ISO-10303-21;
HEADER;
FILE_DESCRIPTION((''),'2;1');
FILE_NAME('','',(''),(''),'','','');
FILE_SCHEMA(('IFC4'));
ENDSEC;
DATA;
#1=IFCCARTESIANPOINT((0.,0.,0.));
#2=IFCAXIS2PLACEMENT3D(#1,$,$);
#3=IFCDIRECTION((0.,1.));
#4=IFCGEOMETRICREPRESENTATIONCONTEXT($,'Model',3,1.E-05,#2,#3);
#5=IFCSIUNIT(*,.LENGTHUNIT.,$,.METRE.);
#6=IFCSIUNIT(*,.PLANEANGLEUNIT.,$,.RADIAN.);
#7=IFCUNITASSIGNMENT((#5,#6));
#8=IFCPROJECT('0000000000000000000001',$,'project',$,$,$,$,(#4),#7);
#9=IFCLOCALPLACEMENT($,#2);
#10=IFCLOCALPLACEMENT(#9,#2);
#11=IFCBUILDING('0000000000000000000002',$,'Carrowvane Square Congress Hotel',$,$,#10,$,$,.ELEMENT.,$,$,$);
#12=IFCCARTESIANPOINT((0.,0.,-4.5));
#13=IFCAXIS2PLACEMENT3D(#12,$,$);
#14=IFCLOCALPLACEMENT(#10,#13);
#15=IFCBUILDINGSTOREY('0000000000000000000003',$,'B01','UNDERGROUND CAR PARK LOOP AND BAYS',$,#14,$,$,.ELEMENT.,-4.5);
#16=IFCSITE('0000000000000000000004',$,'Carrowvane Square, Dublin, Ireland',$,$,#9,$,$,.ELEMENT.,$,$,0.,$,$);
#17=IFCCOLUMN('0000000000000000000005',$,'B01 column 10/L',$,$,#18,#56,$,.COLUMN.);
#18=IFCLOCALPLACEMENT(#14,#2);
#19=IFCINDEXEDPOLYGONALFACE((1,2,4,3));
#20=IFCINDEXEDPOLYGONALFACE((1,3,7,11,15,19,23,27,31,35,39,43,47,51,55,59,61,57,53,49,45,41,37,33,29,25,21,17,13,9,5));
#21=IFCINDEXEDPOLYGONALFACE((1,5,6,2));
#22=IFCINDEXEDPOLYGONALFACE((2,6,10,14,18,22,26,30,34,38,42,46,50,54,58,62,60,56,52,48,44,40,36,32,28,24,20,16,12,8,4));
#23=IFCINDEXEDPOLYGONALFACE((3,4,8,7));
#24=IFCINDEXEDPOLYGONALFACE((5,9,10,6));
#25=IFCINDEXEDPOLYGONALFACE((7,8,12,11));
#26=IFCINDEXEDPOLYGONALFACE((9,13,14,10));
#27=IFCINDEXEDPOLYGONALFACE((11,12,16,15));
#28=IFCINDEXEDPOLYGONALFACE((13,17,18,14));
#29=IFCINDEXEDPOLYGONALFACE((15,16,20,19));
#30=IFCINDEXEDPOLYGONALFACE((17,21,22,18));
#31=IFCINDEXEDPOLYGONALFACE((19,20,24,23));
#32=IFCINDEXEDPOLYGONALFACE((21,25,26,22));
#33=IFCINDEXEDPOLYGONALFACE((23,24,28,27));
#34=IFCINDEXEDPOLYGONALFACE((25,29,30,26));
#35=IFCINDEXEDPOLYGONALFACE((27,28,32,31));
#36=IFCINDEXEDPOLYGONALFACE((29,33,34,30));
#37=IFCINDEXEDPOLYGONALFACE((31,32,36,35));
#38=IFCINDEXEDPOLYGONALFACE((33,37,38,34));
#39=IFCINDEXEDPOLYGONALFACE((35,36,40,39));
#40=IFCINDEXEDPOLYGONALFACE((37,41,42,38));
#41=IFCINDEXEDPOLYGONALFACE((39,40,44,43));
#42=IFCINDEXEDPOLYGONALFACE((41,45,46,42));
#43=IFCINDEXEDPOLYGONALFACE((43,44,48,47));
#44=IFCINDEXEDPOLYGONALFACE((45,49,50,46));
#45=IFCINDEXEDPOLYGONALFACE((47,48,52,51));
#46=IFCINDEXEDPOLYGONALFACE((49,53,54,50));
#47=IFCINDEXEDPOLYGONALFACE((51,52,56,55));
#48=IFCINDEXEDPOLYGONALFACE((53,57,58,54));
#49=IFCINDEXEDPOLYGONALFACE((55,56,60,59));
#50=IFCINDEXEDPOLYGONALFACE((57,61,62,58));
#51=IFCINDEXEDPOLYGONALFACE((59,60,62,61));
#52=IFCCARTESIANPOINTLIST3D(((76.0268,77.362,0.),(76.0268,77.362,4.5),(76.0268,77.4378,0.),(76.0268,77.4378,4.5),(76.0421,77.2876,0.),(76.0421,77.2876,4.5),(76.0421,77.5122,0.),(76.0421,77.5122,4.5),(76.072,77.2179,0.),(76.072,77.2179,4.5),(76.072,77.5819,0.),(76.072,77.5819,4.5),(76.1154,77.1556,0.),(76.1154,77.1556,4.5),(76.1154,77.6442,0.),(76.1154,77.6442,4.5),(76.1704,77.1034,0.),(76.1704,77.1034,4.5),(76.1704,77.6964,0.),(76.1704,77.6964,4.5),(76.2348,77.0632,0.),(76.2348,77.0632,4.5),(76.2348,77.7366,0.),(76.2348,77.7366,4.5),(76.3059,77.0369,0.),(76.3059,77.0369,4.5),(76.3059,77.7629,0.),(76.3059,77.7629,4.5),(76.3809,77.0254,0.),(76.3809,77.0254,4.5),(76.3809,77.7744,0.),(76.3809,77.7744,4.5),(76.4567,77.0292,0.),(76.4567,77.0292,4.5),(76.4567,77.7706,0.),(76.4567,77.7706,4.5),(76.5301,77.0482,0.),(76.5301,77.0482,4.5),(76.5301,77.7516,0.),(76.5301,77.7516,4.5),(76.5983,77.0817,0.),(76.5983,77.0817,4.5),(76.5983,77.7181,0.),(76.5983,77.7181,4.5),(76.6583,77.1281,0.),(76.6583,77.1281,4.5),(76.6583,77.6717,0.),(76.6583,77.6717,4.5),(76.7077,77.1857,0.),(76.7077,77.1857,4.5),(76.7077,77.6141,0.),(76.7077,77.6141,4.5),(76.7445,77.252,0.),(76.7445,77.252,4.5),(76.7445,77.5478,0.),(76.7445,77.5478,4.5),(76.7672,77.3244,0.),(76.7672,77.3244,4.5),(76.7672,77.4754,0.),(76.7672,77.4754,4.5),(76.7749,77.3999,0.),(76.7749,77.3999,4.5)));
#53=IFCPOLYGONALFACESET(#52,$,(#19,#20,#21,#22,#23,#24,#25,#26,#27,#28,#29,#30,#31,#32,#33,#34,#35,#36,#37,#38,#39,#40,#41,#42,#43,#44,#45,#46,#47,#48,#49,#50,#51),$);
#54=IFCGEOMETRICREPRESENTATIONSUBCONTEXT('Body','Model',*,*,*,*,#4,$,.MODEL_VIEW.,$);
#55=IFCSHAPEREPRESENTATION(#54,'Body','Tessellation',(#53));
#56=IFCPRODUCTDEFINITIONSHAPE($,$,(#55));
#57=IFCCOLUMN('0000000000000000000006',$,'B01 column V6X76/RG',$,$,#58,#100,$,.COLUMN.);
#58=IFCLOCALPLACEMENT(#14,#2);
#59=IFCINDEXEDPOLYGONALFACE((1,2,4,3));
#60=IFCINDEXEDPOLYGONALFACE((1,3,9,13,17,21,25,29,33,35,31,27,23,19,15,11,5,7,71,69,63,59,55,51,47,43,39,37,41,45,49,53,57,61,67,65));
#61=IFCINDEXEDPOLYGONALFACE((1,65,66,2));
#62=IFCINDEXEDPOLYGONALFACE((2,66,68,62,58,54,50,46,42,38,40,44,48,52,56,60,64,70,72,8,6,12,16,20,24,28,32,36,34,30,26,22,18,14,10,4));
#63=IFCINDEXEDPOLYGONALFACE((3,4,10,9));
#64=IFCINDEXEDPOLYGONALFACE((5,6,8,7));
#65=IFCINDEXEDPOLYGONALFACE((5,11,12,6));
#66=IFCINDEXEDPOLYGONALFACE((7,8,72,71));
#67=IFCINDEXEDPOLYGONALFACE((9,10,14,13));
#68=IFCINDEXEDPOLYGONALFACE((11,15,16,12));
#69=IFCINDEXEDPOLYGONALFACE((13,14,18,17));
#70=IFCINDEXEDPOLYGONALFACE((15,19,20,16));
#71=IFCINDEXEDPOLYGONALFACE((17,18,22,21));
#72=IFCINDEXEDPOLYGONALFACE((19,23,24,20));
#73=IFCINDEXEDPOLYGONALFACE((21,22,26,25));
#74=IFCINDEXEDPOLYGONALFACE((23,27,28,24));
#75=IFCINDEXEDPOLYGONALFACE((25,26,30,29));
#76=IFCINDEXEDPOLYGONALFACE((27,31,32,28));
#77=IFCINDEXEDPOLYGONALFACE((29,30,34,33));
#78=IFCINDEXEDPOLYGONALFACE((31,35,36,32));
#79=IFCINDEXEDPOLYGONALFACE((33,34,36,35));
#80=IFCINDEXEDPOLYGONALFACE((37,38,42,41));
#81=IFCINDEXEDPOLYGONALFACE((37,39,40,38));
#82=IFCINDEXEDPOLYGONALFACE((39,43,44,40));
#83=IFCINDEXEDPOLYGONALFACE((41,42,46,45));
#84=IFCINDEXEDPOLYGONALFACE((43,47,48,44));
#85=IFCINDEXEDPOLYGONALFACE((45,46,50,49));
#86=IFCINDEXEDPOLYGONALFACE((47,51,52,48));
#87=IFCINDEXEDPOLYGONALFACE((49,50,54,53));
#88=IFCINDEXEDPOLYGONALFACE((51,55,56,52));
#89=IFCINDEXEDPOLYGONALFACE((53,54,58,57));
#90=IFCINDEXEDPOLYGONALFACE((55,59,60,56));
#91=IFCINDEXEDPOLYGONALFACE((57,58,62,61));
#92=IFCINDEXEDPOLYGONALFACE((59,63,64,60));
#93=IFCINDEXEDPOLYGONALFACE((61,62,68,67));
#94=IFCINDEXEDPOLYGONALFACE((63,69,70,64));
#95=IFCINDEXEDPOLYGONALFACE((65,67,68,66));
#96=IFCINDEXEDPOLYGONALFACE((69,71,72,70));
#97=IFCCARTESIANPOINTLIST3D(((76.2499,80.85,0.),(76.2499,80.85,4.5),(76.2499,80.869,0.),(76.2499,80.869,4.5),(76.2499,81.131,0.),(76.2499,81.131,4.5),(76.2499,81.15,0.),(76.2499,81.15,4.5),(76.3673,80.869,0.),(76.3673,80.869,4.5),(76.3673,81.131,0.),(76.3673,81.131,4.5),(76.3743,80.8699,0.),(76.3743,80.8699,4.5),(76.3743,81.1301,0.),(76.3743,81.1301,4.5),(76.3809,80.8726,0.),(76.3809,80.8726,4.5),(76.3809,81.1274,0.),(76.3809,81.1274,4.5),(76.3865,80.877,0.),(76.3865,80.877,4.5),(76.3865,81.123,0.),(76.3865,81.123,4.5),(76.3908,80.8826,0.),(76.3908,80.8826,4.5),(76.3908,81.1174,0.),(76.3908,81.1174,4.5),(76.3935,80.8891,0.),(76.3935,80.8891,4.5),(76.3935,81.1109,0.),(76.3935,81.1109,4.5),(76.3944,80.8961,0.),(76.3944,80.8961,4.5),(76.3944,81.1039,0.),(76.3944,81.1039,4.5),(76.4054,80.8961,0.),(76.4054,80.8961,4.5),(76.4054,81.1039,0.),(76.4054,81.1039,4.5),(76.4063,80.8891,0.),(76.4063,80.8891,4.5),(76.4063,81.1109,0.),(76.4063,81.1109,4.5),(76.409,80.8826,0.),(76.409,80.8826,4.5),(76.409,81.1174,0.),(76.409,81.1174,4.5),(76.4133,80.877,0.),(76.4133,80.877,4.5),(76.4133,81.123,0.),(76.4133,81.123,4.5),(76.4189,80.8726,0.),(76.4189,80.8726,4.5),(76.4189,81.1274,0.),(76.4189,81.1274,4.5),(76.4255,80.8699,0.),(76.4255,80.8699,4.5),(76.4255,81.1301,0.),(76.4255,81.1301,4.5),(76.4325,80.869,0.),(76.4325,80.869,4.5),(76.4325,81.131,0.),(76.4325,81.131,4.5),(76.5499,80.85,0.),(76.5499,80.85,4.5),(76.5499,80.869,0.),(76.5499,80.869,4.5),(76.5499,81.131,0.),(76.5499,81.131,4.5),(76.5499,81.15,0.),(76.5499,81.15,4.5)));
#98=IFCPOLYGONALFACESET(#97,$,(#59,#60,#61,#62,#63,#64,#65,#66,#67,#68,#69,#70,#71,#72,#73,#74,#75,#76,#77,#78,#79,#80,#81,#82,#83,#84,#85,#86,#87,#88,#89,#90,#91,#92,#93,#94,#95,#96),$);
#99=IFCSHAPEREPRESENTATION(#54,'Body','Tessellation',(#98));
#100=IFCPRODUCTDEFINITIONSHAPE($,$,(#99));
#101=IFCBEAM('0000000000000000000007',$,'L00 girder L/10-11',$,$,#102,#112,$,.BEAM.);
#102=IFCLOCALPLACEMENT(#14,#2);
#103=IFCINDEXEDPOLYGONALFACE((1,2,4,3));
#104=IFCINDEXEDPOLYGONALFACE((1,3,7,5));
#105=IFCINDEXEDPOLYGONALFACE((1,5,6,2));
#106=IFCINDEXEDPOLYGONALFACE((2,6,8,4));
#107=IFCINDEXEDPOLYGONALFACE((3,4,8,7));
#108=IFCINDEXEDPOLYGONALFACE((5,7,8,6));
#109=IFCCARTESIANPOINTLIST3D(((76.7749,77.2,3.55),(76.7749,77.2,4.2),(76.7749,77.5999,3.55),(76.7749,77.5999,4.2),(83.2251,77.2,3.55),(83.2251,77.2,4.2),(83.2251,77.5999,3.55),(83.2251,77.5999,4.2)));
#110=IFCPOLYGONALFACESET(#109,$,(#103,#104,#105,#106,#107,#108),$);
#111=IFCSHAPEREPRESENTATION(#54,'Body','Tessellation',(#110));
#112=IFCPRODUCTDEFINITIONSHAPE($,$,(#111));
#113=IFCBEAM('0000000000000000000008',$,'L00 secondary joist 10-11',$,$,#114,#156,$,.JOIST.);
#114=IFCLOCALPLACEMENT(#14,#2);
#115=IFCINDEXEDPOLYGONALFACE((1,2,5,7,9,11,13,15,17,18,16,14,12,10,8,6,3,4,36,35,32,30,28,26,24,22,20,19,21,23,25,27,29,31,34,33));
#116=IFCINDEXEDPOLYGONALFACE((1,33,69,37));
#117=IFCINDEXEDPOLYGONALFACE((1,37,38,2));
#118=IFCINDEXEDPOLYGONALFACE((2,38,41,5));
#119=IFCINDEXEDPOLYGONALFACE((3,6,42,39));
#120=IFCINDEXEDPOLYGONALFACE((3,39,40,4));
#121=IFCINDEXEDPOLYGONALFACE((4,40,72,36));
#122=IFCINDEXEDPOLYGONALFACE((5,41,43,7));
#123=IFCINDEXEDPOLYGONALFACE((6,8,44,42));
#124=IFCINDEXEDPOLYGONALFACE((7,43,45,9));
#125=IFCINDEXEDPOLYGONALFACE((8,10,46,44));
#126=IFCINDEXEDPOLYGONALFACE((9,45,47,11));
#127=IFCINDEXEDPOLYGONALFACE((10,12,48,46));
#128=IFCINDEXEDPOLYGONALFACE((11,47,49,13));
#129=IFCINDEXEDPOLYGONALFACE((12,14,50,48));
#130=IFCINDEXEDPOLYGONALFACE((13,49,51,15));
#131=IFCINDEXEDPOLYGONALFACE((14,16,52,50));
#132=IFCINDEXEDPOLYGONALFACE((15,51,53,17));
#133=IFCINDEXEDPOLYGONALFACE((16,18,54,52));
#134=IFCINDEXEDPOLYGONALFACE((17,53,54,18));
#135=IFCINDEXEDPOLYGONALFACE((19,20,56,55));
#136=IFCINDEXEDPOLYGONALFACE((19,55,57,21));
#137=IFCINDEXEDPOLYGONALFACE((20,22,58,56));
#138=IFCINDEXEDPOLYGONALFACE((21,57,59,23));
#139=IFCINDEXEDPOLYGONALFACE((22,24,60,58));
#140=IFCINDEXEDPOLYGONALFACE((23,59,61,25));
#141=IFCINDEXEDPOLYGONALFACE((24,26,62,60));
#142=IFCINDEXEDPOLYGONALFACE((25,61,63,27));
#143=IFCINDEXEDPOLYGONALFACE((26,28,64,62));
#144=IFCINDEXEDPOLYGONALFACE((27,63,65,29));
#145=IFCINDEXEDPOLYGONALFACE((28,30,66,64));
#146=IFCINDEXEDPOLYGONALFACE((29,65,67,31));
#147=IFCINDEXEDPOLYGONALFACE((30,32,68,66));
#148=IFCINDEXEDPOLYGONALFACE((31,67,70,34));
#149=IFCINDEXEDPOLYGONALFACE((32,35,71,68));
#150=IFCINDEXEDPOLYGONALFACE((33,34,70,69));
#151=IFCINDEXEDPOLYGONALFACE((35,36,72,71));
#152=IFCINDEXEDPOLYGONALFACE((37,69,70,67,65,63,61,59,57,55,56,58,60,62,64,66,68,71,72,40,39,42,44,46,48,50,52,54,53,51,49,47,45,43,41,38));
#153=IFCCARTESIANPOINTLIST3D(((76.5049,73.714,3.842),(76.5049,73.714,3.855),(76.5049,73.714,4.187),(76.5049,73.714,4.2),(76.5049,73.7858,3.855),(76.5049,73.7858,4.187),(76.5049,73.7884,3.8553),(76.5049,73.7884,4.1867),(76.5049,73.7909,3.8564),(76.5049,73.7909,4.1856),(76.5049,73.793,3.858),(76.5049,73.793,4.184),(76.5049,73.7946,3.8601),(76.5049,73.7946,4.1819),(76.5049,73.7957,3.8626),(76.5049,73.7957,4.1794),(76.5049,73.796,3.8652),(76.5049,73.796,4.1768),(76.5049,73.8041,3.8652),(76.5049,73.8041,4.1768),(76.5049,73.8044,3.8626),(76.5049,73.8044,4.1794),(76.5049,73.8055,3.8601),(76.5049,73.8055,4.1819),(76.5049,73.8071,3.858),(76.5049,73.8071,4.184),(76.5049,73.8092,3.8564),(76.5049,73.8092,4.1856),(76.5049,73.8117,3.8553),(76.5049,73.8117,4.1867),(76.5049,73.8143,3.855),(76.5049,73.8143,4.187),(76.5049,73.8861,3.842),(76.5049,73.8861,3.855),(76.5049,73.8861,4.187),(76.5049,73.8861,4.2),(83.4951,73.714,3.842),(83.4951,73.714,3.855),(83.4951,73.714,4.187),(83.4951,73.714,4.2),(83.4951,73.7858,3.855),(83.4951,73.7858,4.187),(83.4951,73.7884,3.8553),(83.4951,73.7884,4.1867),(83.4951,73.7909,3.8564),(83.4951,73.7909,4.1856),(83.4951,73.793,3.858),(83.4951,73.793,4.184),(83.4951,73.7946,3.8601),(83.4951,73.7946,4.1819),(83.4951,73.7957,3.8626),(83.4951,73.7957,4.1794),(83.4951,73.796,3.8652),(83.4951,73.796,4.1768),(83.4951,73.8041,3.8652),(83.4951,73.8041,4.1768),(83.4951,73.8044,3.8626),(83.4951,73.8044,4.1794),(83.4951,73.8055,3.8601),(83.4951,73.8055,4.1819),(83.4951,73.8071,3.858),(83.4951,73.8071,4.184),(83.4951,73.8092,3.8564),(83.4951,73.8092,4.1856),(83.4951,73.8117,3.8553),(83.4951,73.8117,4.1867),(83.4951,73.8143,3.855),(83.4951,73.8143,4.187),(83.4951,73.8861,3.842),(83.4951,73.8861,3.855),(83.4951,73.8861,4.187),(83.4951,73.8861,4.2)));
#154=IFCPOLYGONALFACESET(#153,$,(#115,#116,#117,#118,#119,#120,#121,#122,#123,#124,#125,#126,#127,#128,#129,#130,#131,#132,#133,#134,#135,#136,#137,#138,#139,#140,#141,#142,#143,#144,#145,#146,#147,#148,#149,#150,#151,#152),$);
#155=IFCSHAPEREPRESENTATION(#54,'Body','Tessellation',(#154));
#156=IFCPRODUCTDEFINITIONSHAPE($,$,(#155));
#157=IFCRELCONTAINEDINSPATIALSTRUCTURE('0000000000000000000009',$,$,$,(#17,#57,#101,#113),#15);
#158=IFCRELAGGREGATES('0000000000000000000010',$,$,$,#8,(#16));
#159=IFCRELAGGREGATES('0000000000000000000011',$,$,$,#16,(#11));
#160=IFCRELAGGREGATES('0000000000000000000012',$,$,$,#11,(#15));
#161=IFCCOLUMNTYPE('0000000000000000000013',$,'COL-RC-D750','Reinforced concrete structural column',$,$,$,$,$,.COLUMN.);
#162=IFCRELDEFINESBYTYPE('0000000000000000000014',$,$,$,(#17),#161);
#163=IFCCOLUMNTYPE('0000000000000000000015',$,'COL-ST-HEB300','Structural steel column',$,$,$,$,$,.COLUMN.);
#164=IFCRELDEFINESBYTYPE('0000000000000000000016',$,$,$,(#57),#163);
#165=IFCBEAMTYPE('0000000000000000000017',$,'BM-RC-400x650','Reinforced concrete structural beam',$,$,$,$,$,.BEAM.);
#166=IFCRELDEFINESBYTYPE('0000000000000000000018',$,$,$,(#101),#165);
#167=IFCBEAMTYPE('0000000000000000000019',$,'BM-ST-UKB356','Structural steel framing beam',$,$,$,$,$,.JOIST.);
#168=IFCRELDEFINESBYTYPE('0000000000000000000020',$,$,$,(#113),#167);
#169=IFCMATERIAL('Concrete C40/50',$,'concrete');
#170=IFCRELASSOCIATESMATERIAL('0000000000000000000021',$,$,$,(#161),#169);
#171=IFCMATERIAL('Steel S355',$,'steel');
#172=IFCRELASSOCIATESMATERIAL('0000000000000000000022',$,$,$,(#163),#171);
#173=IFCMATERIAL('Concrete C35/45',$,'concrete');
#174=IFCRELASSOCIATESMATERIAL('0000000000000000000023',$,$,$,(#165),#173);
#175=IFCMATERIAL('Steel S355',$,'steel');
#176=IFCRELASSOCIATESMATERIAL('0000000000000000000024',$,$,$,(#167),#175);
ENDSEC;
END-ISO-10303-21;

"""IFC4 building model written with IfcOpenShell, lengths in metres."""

from ifc_helpers import new_model, si_unit, direction, frame, origin, origin_2d, place, context, subcontext, project, spatial, rectangle, circle, i_section, extrude, material, material_profile, profile_set, type_object, element, save


model = new_model("IFC4")

# Units and contexts
model_context = context("Model", 3, precision=1e-05, world=origin(), true_north=direction((0.0, 1.0)))
body_context = subcontext(model_context, "Body", "Model", "MODEL_VIEW")
ifc_project = project(units=[si_unit("LENGTHUNIT", "METRE"), si_unit("PLANEANGLEUNIT", "RADIAN")], contexts=[model_context])

# Site, building, storey
site_placement = place(None, origin())
site = spatial("IfcSite", under=ifc_project, at=site_placement, Name="Carrowvane Square, Dublin, Ireland", CompositionType="ELEMENT", RefElevation=0.0)
building_placement = place(site_placement, origin())
building = spatial("IfcBuilding", under=site, at=building_placement, Name="Carrowvane Square Congress Hotel", CompositionType="ELEMENT")
storey_placement = place(building_placement, frame((0.0, 0.0, -4.5)))
storey = spatial("IfcBuildingStorey", under=building, at=storey_placement, Name="B01", Description="UNDERGROUND CAR PARK LOOP AND BAYS", CompositionType="ELEMENT", Elevation=-4.5)

# Columns
ifc_material_1 = material(Name="Concrete C40/50", Category="concrete")
ifc_material_profile_1 = material_profile(ifc_material_1, circle(Radius=0.375, at=origin_2d()), Name="RC D750")
ifc_profile_set_1 = profile_set([ifc_material_profile_1], Name="Concrete C40/50")
column_type_1 = type_object("IfcColumnType", Name="COL-RC-D750", Description="Reinforced concrete structural column", PredefinedType="COLUMN", material=ifc_profile_set_1)
for number, where, z_axis, x_axis, name in (
    (1, (76.3999, 77.3999, 0.0), (0.0, 0.0, 1.0), (1.0, 0.0, 0.0), "B01 column 10/L"),
):
    element("IfcColumn", number, at=place(storey_placement, frame(where, z_axis=z_axis, x_axis=x_axis)), inside=storey, type_object=column_type_1, Name=name, PredefinedType="COLUMN", context=body_context, shape_type="SweptSolid", body=[
        extrude(circle(Radius=0.375, at=origin_2d()), origin(), (0.0, 0.0, 1.0), 4.5),
    ])
ifc_material_2 = material(Name="Steel S355", Category="steel")
ifc_material_profile_2 = material_profile(ifc_material_2, i_section(OverallWidth=0.3, OverallDepth=0.3, WebThickness=0.011, FlangeThickness=0.019, FilletRadius=0.0271, at=origin_2d()), Name="HEB 300")
ifc_profile_set_2 = profile_set([ifc_material_profile_2], Name="Steel S355")
column_type_2 = type_object("IfcColumnType", Name="COL-ST-HEB300", Description="Structural steel column", PredefinedType="COLUMN", material=ifc_profile_set_2)
column_placement = place(storey_placement, frame((76.3999, 81.0, 0.0), z_axis=(0.0, 0.0, 1.0), x_axis=(1.0, 0.0, 0.0)))
element("IfcColumn", 2, at=column_placement, inside=storey, type_object=column_type_2, Name="B01 column V6X76/RG", PredefinedType="COLUMN", context=body_context, shape_type="SweptSolid", body=[
    extrude(i_section(OverallWidth=0.3, OverallDepth=0.3, WebThickness=0.011, FlangeThickness=0.019, FilletRadius=0.0271, at=origin_2d()), origin(), (0.0, 0.0, 1.0), 4.5),
])

# Beams
ifc_material_3 = material(Name="Concrete C35/45", Category="concrete")
ifc_material_profile_3 = material_profile(ifc_material_3, rectangle(XDim=0.3999, YDim=0.6499, at=origin_2d()), Name="RC 400x650")
ifc_profile_set_3 = profile_set([ifc_material_profile_3], Name="Concrete C35/45")
beam_type_1 = type_object("IfcBeamType", Name="BM-RC-400x650", Description="Reinforced concrete structural beam", PredefinedType="BEAM", material=ifc_profile_set_3)
beam_1_placement = place(storey_placement, frame((76.7749, 77.3999, 3.875), z_axis=(1.0, 0.0, 0.0), x_axis=(0.0, 1.0, 0.0)))
element("IfcBeam", 3, at=beam_1_placement, inside=storey, type_object=beam_type_1, Name="L00 girder L/10-11", PredefinedType="BEAM", context=body_context, shape_type="SweptSolid", body=[
    extrude(rectangle(XDim=0.3999, YDim=0.6499, at=origin_2d()), origin(), (0.0, 0.0, 1.0), 6.4502),
])
ifc_material_4 = material(Name="Steel S355", Category="steel")
ifc_material_profile_4 = material_profile(ifc_material_4, i_section(OverallWidth=0.1721, OverallDepth=0.3579, WebThickness=0.0081, FlangeThickness=0.0129, FilletRadius=0.0103, at=origin_2d()), Name="UKB 356x171x57")
ifc_profile_set_4 = profile_set([ifc_material_profile_4], Name="Steel S355")
beam_type_2 = type_object("IfcBeamType", Name="BM-ST-UKB356", Description="Structural steel framing beam", PredefinedType="JOIST", material=ifc_profile_set_4)
beam_2_placement = place(storey_placement, frame((76.5049, 73.8, 4.021), z_axis=(1.0, 0.0, 0.0), x_axis=(0.0, 1.0, 0.0)))
element("IfcBeam", 4, at=beam_2_placement, inside=storey, type_object=beam_type_2, Name="L00 secondary joist 10-11", PredefinedType="JOIST", context=body_context, shape_type="SweptSolid", body=[
    extrude(i_section(OverallWidth=0.1721, OverallDepth=0.3579, WebThickness=0.0081, FlangeThickness=0.0129, FilletRadius=0.0103, at=origin_2d()), origin(), (0.0, 0.0, 1.0), 6.9902),
])

save(model, "model.ifc")
